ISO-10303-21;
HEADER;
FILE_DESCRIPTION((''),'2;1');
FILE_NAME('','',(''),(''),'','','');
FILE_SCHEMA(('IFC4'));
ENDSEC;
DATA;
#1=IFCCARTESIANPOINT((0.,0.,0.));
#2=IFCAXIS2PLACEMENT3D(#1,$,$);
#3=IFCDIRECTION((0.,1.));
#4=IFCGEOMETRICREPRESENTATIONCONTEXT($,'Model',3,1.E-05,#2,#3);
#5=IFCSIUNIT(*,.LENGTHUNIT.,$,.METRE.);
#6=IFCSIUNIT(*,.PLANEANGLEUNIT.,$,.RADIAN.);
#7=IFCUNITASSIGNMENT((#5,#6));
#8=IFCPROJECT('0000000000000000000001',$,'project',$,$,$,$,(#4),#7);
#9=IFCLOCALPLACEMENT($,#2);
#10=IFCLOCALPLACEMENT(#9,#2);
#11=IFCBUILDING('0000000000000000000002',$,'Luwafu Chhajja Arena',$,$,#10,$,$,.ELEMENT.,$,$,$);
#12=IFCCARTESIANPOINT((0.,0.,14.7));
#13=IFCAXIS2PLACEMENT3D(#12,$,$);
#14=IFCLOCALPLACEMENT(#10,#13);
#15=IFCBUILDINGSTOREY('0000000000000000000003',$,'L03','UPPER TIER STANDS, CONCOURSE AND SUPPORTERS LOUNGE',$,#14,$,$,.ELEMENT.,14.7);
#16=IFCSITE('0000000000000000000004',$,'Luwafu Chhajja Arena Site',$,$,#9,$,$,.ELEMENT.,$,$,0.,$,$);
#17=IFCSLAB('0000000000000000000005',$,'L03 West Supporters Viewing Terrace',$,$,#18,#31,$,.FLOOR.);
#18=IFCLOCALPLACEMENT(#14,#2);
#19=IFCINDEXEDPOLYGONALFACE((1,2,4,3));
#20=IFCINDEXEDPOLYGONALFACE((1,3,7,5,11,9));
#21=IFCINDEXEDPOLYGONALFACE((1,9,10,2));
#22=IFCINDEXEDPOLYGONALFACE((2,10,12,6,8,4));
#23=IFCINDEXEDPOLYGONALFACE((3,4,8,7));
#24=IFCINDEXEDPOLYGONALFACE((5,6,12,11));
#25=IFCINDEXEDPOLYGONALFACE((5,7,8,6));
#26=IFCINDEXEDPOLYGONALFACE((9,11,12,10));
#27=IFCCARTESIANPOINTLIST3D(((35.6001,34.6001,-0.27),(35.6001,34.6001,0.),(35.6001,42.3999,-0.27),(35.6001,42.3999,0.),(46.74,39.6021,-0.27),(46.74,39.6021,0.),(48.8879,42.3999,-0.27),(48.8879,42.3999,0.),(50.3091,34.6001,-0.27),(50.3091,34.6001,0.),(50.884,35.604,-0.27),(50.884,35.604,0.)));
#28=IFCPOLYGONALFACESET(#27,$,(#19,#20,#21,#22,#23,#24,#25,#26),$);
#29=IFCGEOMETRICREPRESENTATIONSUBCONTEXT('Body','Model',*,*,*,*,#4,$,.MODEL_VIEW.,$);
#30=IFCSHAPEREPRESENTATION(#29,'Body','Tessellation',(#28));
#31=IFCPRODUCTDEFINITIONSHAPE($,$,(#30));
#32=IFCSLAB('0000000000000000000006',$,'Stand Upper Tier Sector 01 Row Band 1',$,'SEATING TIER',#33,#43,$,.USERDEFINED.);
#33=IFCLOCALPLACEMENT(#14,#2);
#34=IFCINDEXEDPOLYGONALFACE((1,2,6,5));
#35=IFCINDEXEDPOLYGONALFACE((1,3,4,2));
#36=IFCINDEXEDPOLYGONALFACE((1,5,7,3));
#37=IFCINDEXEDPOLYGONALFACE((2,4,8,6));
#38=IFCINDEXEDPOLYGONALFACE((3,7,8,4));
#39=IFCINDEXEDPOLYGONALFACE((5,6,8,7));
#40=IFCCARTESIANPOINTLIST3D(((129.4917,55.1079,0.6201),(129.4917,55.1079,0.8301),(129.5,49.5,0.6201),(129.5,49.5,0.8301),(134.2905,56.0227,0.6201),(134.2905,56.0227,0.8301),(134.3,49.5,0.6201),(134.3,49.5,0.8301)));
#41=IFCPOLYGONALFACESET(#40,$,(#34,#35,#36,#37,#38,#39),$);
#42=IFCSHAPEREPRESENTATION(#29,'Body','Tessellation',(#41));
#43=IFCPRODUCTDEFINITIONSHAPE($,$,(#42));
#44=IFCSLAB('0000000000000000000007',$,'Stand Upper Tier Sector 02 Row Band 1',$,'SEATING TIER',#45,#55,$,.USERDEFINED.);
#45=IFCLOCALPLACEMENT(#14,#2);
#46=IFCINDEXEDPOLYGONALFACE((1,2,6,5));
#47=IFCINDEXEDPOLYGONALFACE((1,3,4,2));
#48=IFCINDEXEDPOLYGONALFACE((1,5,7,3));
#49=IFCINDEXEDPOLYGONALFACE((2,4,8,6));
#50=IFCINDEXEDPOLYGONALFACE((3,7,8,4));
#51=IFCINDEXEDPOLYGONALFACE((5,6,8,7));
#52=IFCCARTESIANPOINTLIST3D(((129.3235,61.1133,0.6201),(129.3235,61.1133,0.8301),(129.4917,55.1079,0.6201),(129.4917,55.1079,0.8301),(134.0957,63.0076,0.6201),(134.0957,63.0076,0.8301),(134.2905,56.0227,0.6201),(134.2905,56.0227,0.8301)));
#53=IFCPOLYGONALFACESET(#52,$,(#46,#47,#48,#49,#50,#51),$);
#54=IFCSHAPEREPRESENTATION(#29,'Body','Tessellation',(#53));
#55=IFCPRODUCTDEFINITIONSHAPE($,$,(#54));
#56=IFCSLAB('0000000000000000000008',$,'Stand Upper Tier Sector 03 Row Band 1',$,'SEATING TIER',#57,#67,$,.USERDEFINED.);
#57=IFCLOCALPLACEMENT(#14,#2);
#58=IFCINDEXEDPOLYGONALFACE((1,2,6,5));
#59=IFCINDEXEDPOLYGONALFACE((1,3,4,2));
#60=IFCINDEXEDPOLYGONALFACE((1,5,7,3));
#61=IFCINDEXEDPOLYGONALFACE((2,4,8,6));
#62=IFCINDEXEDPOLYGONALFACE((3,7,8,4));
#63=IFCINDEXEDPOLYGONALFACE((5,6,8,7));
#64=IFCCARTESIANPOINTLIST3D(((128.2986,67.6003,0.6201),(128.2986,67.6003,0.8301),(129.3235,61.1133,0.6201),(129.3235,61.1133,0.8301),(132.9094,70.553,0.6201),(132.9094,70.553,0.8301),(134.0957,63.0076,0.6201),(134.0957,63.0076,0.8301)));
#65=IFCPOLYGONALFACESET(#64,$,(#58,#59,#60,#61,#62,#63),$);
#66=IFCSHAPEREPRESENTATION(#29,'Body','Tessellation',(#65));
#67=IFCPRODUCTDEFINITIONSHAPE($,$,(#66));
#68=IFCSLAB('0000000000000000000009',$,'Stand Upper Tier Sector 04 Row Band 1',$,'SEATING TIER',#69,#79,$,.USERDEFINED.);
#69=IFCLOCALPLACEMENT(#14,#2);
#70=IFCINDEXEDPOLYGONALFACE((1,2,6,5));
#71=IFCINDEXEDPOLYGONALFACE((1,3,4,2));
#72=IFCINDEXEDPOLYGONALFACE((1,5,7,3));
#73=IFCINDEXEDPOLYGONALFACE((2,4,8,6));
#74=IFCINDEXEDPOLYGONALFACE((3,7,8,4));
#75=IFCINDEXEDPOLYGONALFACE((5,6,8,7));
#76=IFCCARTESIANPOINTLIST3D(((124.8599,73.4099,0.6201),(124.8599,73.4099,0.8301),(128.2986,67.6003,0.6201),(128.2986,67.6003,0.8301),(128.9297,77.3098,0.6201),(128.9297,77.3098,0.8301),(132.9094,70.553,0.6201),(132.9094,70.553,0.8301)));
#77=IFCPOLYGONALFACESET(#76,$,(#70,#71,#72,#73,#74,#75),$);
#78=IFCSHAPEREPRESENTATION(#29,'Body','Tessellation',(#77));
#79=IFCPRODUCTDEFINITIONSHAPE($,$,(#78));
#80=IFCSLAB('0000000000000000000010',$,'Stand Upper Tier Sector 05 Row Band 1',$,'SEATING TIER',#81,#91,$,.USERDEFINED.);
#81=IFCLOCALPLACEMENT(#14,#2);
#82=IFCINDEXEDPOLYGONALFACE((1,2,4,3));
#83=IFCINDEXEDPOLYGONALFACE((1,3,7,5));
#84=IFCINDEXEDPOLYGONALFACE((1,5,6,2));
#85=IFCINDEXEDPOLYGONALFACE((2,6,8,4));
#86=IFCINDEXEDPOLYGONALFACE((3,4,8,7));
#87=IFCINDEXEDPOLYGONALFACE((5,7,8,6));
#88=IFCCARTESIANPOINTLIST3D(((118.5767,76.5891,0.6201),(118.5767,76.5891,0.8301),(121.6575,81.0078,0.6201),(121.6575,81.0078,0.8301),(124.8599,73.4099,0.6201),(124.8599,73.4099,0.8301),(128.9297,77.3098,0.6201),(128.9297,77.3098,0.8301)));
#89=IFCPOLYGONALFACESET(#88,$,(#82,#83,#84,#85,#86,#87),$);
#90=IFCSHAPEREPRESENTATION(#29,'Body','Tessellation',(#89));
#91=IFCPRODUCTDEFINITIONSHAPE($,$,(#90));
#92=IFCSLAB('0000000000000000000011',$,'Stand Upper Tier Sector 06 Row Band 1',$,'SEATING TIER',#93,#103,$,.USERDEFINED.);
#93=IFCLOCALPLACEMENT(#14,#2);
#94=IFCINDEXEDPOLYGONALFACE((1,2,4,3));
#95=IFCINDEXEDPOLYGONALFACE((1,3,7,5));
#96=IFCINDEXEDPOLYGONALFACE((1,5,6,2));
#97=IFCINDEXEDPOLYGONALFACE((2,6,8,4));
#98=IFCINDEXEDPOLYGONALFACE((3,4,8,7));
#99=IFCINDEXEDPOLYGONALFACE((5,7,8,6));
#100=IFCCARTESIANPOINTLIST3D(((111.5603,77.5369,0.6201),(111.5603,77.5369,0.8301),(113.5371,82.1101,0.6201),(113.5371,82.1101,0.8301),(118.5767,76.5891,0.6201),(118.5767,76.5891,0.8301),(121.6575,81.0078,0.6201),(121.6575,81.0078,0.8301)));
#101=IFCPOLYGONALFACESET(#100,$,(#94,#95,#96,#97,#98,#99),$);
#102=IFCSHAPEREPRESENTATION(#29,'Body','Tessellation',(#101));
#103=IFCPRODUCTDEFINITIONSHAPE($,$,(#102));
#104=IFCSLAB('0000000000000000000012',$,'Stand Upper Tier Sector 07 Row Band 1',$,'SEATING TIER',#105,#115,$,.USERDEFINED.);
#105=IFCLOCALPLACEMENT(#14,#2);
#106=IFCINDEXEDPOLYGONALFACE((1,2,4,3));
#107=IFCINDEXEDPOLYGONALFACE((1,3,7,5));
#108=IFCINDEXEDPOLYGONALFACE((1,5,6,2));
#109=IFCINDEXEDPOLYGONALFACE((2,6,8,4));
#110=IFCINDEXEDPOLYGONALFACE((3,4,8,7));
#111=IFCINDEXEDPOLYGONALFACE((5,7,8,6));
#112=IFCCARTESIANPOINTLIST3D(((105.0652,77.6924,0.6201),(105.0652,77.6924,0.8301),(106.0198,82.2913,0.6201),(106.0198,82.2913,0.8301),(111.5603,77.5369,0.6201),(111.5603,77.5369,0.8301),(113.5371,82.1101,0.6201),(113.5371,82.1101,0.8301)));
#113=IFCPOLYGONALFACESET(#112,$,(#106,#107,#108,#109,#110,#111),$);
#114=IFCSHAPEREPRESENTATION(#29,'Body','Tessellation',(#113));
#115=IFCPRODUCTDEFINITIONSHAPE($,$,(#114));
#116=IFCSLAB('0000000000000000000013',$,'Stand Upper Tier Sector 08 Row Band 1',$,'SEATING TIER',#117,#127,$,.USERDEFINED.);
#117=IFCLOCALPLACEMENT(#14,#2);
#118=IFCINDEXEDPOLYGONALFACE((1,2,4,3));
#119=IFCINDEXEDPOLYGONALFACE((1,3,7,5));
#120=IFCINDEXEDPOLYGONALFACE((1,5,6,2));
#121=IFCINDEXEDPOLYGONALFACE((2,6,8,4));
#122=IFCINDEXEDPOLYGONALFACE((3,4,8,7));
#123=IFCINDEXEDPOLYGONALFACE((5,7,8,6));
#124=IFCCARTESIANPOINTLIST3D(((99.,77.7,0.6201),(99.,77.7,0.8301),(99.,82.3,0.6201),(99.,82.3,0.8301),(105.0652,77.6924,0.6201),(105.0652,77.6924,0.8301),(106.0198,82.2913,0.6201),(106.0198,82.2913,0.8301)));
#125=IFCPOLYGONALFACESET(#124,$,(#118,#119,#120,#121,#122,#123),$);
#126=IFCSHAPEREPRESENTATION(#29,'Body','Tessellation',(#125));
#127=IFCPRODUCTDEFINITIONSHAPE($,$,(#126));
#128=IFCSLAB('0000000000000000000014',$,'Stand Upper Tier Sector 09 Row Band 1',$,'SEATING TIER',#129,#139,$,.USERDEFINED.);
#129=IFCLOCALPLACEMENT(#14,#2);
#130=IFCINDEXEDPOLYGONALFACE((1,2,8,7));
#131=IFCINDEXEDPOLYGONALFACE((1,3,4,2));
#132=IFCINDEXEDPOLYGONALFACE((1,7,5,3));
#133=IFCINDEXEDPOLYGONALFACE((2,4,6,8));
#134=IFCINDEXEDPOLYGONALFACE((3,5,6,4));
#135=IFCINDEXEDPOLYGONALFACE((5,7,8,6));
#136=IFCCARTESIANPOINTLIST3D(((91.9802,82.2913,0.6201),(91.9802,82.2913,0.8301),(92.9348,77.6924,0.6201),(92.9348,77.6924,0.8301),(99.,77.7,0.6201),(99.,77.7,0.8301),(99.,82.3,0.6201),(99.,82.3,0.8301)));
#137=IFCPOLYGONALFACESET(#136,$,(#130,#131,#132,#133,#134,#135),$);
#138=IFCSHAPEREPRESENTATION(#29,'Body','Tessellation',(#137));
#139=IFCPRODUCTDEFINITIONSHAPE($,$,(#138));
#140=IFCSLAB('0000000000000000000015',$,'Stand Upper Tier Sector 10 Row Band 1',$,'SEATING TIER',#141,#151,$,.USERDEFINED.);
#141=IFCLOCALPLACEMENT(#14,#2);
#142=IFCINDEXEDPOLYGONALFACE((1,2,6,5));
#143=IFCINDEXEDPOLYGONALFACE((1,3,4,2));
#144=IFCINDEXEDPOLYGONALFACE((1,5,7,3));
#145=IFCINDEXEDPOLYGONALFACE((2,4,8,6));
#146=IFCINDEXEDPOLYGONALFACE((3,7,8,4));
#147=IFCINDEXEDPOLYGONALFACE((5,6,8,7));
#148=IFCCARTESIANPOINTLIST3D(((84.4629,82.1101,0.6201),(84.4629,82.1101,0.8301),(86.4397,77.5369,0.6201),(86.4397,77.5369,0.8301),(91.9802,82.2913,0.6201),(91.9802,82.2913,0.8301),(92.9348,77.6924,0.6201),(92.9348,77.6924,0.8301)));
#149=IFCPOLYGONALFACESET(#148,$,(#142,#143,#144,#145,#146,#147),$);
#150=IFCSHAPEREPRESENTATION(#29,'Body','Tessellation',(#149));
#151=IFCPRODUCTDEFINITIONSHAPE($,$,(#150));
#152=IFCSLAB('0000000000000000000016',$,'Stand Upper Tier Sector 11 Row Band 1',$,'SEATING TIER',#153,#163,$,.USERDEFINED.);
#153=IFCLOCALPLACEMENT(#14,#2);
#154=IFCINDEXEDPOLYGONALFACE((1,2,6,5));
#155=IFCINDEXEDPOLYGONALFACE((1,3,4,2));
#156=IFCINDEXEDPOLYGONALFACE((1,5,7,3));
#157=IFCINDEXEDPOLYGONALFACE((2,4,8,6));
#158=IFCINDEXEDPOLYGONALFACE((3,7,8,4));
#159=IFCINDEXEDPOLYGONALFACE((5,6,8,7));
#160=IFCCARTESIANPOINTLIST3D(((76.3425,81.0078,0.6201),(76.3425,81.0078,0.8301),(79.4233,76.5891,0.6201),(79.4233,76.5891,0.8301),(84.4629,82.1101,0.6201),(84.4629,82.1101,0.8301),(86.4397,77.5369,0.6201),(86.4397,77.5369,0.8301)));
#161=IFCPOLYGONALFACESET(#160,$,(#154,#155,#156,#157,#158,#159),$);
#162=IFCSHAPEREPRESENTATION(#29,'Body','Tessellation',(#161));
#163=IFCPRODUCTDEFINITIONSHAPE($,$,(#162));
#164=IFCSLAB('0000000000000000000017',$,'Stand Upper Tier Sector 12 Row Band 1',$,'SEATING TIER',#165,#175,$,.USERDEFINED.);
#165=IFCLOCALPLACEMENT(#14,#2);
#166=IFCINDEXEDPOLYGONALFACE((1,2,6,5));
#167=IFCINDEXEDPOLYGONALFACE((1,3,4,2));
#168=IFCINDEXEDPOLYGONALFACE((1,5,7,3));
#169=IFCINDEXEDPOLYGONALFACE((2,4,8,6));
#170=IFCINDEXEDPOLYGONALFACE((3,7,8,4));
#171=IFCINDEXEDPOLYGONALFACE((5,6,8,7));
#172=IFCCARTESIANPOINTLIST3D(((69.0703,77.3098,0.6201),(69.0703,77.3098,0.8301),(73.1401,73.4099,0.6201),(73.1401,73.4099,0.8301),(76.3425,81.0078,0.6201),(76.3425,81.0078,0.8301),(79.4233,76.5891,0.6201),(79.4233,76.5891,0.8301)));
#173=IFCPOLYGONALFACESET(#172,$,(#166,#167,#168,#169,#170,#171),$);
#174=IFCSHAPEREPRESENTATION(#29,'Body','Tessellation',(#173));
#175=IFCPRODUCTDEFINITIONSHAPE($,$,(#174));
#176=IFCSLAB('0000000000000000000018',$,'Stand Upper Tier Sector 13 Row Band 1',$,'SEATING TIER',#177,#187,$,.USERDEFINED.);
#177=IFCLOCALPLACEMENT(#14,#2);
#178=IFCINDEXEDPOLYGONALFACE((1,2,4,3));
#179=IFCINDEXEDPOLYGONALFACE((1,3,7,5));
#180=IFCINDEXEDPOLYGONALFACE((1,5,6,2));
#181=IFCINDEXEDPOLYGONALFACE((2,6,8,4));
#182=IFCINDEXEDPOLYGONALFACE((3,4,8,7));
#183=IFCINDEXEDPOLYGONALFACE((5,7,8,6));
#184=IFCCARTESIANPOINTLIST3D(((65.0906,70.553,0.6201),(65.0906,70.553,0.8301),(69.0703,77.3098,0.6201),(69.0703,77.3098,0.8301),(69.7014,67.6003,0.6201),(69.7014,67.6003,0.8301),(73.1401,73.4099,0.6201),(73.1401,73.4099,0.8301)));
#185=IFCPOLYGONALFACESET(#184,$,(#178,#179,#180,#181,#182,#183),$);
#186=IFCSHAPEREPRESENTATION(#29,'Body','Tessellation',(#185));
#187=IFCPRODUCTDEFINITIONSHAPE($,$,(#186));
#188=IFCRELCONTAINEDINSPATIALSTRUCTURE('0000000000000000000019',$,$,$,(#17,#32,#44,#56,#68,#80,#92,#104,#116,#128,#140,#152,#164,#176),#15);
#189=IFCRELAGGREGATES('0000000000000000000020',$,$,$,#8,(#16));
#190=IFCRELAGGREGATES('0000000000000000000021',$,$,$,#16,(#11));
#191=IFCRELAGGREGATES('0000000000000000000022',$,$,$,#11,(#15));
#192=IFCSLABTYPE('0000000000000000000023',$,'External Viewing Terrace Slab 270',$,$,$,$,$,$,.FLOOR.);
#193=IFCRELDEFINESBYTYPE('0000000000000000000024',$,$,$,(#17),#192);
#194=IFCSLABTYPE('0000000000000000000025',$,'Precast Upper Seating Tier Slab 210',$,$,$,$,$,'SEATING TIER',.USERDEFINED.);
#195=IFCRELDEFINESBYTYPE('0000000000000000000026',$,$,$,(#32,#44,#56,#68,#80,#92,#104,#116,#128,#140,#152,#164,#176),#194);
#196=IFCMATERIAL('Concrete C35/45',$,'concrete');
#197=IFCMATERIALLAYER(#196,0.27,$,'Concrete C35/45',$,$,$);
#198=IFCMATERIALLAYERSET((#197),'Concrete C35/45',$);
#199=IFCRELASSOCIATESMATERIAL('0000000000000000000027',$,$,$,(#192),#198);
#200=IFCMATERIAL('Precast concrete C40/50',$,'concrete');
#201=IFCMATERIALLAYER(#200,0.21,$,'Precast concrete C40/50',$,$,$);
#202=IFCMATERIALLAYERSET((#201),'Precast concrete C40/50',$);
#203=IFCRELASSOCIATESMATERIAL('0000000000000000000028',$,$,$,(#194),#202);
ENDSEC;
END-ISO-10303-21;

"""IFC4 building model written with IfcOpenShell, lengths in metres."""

from ifc_helpers import new_model, si_unit, direction, frame, origin, place, context, subcontext, project, spatial, polyline, outline, extrude, material, layer, layer_set, type_object, element, save


model = new_model("IFC4")

# Units and contexts
model_context = context("Model", 3, precision=1e-05, world=origin(), true_north=direction((0.0, 1.0)))
body_context = subcontext(model_context, "Body", "Model", "MODEL_VIEW")
ifc_project = project(units=[si_unit("LENGTHUNIT", "METRE"), si_unit("PLANEANGLEUNIT", "RADIAN")], contexts=[model_context])

# Site, building, storey
site_placement = place(None, origin())
site = spatial("IfcSite", under=ifc_project, at=site_placement, Name="Luwafu Chhajja Arena Site", CompositionType="ELEMENT", RefElevation=0.0)
building_placement = place(site_placement, origin())
building = spatial("IfcBuilding", under=site, at=building_placement, Name="Luwafu Chhajja Arena", CompositionType="ELEMENT")
storey_placement = place(building_placement, frame((0.0, 0.0, 14.7)))
storey = spatial("IfcBuildingStorey", under=building, at=storey_placement, Name="L03", Description="UPPER TIER STANDS, CONCOURSE AND SUPPORTERS LOUNGE", CompositionType="ELEMENT", Elevation=14.7)

# Slabs
ifc_material_1 = material(Name="Concrete C35/45", Category="concrete")
ifc_layer_1 = layer(ifc_material_1, 0.27, Name="Concrete C35/45")
ifc_layer_set_1 = layer_set([ifc_layer_1], Name="Concrete C35/45")
slab_type_1 = type_object("IfcSlabType", Name="External Viewing Terrace Slab 270", PredefinedType="FLOOR", material=ifc_layer_set_1)
slab_1_placement = place(storey_placement, frame((0.0, 0.0, -0.27)))
element("IfcSlab", 1, at=slab_1_placement, inside=storey, type_object=slab_type_1, Name="L03 West Supporters Viewing Terrace", PredefinedType="FLOOR", context=body_context, shape_type="SweptSolid", body=[
    extrude(outline(polyline([(35.6001, 34.6001), (35.6001, 42.3999), (48.8879, 42.3999), (46.74, 39.6021), (50.884, 35.604), (50.3091, 34.6001), (35.6001, 34.6001)])), origin(), (0.0, 0.0, 1.0), 0.27),
])
ifc_material_2 = material(Name="Precast concrete C40/50", Category="concrete")
ifc_layer_2 = layer(ifc_material_2, 0.21, Name="Precast concrete C40/50")
ifc_layer_set_2 = layer_set([ifc_layer_2], Name="Precast concrete C40/50")
slab_type_2 = type_object("IfcSlabType", Name="Precast Upper Seating Tier Slab 210", ElementType="SEATING TIER", PredefinedType="USERDEFINED", material=ifc_layer_set_2)
slab_2_placement = place(storey_placement, frame((0.0, 0.0, 0.6201)))
element("IfcSlab", 2, at=slab_2_placement, inside=storey, type_object=slab_type_2, Name="Stand Upper Tier Sector 01 Row Band 1", ObjectType="SEATING TIER", PredefinedType="USERDEFINED", context=body_context, shape_type="SweptSolid", body=[
    extrude(outline(polyline([(129.5, 49.5), (129.4917, 55.1079), (134.2905, 56.0227), (134.3, 49.5), (129.5, 49.5)])), origin(), (0.0, 0.0, 1.0), 0.21),
])
slab_3_placement = place(storey_placement, frame((0.0, 0.0, 0.6201)))
element("IfcSlab", 3, at=slab_3_placement, inside=storey, type_object=slab_type_2, Name="Stand Upper Tier Sector 02 Row Band 1", ObjectType="SEATING TIER", PredefinedType="USERDEFINED", context=body_context, shape_type="SweptSolid", body=[
    extrude(outline(polyline([(129.4917, 55.1079), (129.3235, 61.1133), (134.0957, 63.0076), (134.2905, 56.0227), (129.4917, 55.1079)])), origin(), (0.0, 0.0, 1.0), 0.21),
])
slab_4_placement = place(storey_placement, frame((0.0, 0.0, 0.6201)))
element("IfcSlab", 4, at=slab_4_placement, inside=storey, type_object=slab_type_2, Name="Stand Upper Tier Sector 03 Row Band 1", ObjectType="SEATING TIER", PredefinedType="USERDEFINED", context=body_context, shape_type="SweptSolid", body=[
    extrude(outline(polyline([(129.3235, 61.1133), (128.2986, 67.6003), (132.9094, 70.553), (134.0957, 63.0076), (129.3235, 61.1133)])), origin(), (0.0, 0.0, 1.0), 0.21),
])
slab_5_placement = place(storey_placement, frame((0.0, 0.0, 0.6201)))
element("IfcSlab", 5, at=slab_5_placement, inside=storey, type_object=slab_type_2, Name="Stand Upper Tier Sector 04 Row Band 1", ObjectType="SEATING TIER", PredefinedType="USERDEFINED", context=body_context, shape_type="SweptSolid", body=[
    extrude(outline(polyline([(128.2986, 67.6003), (124.8599, 73.4099), (128.9297, 77.3098), (132.9094, 70.553), (128.2986, 67.6003)])), origin(), (0.0, 0.0, 1.0), 0.21),
])
slab_6_placement = place(storey_placement, frame((0.0, 0.0, 0.6201)))
element("IfcSlab", 6, at=slab_6_placement, inside=storey, type_object=slab_type_2, Name="Stand Upper Tier Sector 05 Row Band 1", ObjectType="SEATING TIER", PredefinedType="USERDEFINED", context=body_context, shape_type="SweptSolid", body=[
    extrude(outline(polyline([(124.8599, 73.4099), (118.5767, 76.5891), (121.6575, 81.0078), (128.9297, 77.3098), (124.8599, 73.4099)])), origin(), (0.0, 0.0, 1.0), 0.21),
])
slab_7_placement = place(storey_placement, frame((0.0, 0.0, 0.6201)))
element("IfcSlab", 7, at=slab_7_placement, inside=storey, type_object=slab_type_2, Name="Stand Upper Tier Sector 06 Row Band 1", ObjectType="SEATING TIER", PredefinedType="USERDEFINED", context=body_context, shape_type="SweptSolid", body=[
    extrude(outline(polyline([(118.5767, 76.5891), (111.5603, 77.5369), (113.5371, 82.1101), (121.6575, 81.0078), (118.5767, 76.5891)])), origin(), (0.0, 0.0, 1.0), 0.21),
])
slab_8_placement = place(storey_placement, frame((0.0, 0.0, 0.6201)))
element("IfcSlab", 8, at=slab_8_placement, inside=storey, type_object=slab_type_2, Name="Stand Upper Tier Sector 07 Row Band 1", ObjectType="SEATING TIER", PredefinedType="USERDEFINED", context=body_context, shape_type="SweptSolid", body=[
    extrude(outline(polyline([(111.5603, 77.5369), (105.0652, 77.6924), (106.0198, 82.2913), (113.5371, 82.1101), (111.5603, 77.5369)])), origin(), (0.0, 0.0, 1.0), 0.21),
])
slab_9_placement = place(storey_placement, frame((0.0, 0.0, 0.6201)))
element("IfcSlab", 9, at=slab_9_placement, inside=storey, type_object=slab_type_2, Name="Stand Upper Tier Sector 08 Row Band 1", ObjectType="SEATING TIER", PredefinedType="USERDEFINED", context=body_context, shape_type="SweptSolid", body=[
    extrude(outline(polyline([(105.0652, 77.6924), (99.0, 77.7), (99.0, 82.3), (106.0198, 82.2913), (105.0652, 77.6924)])), origin(), (0.0, 0.0, 1.0), 0.21),
])
slab_10_placement = place(storey_placement, frame((0.0, 0.0, 0.6201)))
element("IfcSlab", 10, at=slab_10_placement, inside=storey, type_object=slab_type_2, Name="Stand Upper Tier Sector 09 Row Band 1", ObjectType="SEATING TIER", PredefinedType="USERDEFINED", context=body_context, shape_type="SweptSolid", body=[
    extrude(outline(polyline([(99.0, 77.7), (92.9348, 77.6924), (91.9802, 82.2913), (99.0, 82.3), (99.0, 77.7)])), origin(), (0.0, 0.0, 1.0), 0.21),
])
slab_11_placement = place(storey_placement, frame((0.0, 0.0, 0.6201)))
element("IfcSlab", 11, at=slab_11_placement, inside=storey, type_object=slab_type_2, Name="Stand Upper Tier Sector 10 Row Band 1", ObjectType="SEATING TIER", PredefinedType="USERDEFINED", context=body_context, shape_type="SweptSolid", body=[
    extrude(outline(polyline([(92.9348, 77.6924), (86.4397, 77.5369), (84.4629, 82.1101), (91.9802, 82.2913), (92.9348, 77.6924)])), origin(), (0.0, 0.0, 1.0), 0.21),
])
slab_12_placement = place(storey_placement, frame((0.0, 0.0, 0.6201)))
element("IfcSlab", 12, at=slab_12_placement, inside=storey, type_object=slab_type_2, Name="Stand Upper Tier Sector 11 Row Band 1", ObjectType="SEATING TIER", PredefinedType="USERDEFINED", context=body_context, shape_type="SweptSolid", body=[
    extrude(outline(polyline([(86.4397, 77.5369), (79.4233, 76.5891), (76.3425, 81.0078), (84.4629, 82.1101), (86.4397, 77.5369)])), origin(), (0.0, 0.0, 1.0), 0.21),
])
slab_13_placement = place(storey_placement, frame((0.0, 0.0, 0.6201)))
element("IfcSlab", 13, at=slab_13_placement, inside=storey, type_object=slab_type_2, Name="Stand Upper Tier Sector 12 Row Band 1", ObjectType="SEATING TIER", PredefinedType="USERDEFINED", context=body_context, shape_type="SweptSolid", body=[
    extrude(outline(polyline([(79.4233, 76.5891), (73.1401, 73.4099), (69.0703, 77.3098), (76.3425, 81.0078), (79.4233, 76.5891)])), origin(), (0.0, 0.0, 1.0), 0.21),
])
slab_14_placement = place(storey_placement, frame((0.0, 0.0, 0.6201)))
element("IfcSlab", 14, at=slab_14_placement, inside=storey, type_object=slab_type_2, Name="Stand Upper Tier Sector 13 Row Band 1", ObjectType="SEATING TIER", PredefinedType="USERDEFINED", context=body_context, shape_type="SweptSolid", body=[
    extrude(outline(polyline([(73.1401, 73.4099), (69.7014, 67.6003), (65.0906, 70.553), (69.0703, 77.3098), (73.1401, 73.4099)])), origin(), (0.0, 0.0, 1.0), 0.21),
])

save(model, "model.ifc")
